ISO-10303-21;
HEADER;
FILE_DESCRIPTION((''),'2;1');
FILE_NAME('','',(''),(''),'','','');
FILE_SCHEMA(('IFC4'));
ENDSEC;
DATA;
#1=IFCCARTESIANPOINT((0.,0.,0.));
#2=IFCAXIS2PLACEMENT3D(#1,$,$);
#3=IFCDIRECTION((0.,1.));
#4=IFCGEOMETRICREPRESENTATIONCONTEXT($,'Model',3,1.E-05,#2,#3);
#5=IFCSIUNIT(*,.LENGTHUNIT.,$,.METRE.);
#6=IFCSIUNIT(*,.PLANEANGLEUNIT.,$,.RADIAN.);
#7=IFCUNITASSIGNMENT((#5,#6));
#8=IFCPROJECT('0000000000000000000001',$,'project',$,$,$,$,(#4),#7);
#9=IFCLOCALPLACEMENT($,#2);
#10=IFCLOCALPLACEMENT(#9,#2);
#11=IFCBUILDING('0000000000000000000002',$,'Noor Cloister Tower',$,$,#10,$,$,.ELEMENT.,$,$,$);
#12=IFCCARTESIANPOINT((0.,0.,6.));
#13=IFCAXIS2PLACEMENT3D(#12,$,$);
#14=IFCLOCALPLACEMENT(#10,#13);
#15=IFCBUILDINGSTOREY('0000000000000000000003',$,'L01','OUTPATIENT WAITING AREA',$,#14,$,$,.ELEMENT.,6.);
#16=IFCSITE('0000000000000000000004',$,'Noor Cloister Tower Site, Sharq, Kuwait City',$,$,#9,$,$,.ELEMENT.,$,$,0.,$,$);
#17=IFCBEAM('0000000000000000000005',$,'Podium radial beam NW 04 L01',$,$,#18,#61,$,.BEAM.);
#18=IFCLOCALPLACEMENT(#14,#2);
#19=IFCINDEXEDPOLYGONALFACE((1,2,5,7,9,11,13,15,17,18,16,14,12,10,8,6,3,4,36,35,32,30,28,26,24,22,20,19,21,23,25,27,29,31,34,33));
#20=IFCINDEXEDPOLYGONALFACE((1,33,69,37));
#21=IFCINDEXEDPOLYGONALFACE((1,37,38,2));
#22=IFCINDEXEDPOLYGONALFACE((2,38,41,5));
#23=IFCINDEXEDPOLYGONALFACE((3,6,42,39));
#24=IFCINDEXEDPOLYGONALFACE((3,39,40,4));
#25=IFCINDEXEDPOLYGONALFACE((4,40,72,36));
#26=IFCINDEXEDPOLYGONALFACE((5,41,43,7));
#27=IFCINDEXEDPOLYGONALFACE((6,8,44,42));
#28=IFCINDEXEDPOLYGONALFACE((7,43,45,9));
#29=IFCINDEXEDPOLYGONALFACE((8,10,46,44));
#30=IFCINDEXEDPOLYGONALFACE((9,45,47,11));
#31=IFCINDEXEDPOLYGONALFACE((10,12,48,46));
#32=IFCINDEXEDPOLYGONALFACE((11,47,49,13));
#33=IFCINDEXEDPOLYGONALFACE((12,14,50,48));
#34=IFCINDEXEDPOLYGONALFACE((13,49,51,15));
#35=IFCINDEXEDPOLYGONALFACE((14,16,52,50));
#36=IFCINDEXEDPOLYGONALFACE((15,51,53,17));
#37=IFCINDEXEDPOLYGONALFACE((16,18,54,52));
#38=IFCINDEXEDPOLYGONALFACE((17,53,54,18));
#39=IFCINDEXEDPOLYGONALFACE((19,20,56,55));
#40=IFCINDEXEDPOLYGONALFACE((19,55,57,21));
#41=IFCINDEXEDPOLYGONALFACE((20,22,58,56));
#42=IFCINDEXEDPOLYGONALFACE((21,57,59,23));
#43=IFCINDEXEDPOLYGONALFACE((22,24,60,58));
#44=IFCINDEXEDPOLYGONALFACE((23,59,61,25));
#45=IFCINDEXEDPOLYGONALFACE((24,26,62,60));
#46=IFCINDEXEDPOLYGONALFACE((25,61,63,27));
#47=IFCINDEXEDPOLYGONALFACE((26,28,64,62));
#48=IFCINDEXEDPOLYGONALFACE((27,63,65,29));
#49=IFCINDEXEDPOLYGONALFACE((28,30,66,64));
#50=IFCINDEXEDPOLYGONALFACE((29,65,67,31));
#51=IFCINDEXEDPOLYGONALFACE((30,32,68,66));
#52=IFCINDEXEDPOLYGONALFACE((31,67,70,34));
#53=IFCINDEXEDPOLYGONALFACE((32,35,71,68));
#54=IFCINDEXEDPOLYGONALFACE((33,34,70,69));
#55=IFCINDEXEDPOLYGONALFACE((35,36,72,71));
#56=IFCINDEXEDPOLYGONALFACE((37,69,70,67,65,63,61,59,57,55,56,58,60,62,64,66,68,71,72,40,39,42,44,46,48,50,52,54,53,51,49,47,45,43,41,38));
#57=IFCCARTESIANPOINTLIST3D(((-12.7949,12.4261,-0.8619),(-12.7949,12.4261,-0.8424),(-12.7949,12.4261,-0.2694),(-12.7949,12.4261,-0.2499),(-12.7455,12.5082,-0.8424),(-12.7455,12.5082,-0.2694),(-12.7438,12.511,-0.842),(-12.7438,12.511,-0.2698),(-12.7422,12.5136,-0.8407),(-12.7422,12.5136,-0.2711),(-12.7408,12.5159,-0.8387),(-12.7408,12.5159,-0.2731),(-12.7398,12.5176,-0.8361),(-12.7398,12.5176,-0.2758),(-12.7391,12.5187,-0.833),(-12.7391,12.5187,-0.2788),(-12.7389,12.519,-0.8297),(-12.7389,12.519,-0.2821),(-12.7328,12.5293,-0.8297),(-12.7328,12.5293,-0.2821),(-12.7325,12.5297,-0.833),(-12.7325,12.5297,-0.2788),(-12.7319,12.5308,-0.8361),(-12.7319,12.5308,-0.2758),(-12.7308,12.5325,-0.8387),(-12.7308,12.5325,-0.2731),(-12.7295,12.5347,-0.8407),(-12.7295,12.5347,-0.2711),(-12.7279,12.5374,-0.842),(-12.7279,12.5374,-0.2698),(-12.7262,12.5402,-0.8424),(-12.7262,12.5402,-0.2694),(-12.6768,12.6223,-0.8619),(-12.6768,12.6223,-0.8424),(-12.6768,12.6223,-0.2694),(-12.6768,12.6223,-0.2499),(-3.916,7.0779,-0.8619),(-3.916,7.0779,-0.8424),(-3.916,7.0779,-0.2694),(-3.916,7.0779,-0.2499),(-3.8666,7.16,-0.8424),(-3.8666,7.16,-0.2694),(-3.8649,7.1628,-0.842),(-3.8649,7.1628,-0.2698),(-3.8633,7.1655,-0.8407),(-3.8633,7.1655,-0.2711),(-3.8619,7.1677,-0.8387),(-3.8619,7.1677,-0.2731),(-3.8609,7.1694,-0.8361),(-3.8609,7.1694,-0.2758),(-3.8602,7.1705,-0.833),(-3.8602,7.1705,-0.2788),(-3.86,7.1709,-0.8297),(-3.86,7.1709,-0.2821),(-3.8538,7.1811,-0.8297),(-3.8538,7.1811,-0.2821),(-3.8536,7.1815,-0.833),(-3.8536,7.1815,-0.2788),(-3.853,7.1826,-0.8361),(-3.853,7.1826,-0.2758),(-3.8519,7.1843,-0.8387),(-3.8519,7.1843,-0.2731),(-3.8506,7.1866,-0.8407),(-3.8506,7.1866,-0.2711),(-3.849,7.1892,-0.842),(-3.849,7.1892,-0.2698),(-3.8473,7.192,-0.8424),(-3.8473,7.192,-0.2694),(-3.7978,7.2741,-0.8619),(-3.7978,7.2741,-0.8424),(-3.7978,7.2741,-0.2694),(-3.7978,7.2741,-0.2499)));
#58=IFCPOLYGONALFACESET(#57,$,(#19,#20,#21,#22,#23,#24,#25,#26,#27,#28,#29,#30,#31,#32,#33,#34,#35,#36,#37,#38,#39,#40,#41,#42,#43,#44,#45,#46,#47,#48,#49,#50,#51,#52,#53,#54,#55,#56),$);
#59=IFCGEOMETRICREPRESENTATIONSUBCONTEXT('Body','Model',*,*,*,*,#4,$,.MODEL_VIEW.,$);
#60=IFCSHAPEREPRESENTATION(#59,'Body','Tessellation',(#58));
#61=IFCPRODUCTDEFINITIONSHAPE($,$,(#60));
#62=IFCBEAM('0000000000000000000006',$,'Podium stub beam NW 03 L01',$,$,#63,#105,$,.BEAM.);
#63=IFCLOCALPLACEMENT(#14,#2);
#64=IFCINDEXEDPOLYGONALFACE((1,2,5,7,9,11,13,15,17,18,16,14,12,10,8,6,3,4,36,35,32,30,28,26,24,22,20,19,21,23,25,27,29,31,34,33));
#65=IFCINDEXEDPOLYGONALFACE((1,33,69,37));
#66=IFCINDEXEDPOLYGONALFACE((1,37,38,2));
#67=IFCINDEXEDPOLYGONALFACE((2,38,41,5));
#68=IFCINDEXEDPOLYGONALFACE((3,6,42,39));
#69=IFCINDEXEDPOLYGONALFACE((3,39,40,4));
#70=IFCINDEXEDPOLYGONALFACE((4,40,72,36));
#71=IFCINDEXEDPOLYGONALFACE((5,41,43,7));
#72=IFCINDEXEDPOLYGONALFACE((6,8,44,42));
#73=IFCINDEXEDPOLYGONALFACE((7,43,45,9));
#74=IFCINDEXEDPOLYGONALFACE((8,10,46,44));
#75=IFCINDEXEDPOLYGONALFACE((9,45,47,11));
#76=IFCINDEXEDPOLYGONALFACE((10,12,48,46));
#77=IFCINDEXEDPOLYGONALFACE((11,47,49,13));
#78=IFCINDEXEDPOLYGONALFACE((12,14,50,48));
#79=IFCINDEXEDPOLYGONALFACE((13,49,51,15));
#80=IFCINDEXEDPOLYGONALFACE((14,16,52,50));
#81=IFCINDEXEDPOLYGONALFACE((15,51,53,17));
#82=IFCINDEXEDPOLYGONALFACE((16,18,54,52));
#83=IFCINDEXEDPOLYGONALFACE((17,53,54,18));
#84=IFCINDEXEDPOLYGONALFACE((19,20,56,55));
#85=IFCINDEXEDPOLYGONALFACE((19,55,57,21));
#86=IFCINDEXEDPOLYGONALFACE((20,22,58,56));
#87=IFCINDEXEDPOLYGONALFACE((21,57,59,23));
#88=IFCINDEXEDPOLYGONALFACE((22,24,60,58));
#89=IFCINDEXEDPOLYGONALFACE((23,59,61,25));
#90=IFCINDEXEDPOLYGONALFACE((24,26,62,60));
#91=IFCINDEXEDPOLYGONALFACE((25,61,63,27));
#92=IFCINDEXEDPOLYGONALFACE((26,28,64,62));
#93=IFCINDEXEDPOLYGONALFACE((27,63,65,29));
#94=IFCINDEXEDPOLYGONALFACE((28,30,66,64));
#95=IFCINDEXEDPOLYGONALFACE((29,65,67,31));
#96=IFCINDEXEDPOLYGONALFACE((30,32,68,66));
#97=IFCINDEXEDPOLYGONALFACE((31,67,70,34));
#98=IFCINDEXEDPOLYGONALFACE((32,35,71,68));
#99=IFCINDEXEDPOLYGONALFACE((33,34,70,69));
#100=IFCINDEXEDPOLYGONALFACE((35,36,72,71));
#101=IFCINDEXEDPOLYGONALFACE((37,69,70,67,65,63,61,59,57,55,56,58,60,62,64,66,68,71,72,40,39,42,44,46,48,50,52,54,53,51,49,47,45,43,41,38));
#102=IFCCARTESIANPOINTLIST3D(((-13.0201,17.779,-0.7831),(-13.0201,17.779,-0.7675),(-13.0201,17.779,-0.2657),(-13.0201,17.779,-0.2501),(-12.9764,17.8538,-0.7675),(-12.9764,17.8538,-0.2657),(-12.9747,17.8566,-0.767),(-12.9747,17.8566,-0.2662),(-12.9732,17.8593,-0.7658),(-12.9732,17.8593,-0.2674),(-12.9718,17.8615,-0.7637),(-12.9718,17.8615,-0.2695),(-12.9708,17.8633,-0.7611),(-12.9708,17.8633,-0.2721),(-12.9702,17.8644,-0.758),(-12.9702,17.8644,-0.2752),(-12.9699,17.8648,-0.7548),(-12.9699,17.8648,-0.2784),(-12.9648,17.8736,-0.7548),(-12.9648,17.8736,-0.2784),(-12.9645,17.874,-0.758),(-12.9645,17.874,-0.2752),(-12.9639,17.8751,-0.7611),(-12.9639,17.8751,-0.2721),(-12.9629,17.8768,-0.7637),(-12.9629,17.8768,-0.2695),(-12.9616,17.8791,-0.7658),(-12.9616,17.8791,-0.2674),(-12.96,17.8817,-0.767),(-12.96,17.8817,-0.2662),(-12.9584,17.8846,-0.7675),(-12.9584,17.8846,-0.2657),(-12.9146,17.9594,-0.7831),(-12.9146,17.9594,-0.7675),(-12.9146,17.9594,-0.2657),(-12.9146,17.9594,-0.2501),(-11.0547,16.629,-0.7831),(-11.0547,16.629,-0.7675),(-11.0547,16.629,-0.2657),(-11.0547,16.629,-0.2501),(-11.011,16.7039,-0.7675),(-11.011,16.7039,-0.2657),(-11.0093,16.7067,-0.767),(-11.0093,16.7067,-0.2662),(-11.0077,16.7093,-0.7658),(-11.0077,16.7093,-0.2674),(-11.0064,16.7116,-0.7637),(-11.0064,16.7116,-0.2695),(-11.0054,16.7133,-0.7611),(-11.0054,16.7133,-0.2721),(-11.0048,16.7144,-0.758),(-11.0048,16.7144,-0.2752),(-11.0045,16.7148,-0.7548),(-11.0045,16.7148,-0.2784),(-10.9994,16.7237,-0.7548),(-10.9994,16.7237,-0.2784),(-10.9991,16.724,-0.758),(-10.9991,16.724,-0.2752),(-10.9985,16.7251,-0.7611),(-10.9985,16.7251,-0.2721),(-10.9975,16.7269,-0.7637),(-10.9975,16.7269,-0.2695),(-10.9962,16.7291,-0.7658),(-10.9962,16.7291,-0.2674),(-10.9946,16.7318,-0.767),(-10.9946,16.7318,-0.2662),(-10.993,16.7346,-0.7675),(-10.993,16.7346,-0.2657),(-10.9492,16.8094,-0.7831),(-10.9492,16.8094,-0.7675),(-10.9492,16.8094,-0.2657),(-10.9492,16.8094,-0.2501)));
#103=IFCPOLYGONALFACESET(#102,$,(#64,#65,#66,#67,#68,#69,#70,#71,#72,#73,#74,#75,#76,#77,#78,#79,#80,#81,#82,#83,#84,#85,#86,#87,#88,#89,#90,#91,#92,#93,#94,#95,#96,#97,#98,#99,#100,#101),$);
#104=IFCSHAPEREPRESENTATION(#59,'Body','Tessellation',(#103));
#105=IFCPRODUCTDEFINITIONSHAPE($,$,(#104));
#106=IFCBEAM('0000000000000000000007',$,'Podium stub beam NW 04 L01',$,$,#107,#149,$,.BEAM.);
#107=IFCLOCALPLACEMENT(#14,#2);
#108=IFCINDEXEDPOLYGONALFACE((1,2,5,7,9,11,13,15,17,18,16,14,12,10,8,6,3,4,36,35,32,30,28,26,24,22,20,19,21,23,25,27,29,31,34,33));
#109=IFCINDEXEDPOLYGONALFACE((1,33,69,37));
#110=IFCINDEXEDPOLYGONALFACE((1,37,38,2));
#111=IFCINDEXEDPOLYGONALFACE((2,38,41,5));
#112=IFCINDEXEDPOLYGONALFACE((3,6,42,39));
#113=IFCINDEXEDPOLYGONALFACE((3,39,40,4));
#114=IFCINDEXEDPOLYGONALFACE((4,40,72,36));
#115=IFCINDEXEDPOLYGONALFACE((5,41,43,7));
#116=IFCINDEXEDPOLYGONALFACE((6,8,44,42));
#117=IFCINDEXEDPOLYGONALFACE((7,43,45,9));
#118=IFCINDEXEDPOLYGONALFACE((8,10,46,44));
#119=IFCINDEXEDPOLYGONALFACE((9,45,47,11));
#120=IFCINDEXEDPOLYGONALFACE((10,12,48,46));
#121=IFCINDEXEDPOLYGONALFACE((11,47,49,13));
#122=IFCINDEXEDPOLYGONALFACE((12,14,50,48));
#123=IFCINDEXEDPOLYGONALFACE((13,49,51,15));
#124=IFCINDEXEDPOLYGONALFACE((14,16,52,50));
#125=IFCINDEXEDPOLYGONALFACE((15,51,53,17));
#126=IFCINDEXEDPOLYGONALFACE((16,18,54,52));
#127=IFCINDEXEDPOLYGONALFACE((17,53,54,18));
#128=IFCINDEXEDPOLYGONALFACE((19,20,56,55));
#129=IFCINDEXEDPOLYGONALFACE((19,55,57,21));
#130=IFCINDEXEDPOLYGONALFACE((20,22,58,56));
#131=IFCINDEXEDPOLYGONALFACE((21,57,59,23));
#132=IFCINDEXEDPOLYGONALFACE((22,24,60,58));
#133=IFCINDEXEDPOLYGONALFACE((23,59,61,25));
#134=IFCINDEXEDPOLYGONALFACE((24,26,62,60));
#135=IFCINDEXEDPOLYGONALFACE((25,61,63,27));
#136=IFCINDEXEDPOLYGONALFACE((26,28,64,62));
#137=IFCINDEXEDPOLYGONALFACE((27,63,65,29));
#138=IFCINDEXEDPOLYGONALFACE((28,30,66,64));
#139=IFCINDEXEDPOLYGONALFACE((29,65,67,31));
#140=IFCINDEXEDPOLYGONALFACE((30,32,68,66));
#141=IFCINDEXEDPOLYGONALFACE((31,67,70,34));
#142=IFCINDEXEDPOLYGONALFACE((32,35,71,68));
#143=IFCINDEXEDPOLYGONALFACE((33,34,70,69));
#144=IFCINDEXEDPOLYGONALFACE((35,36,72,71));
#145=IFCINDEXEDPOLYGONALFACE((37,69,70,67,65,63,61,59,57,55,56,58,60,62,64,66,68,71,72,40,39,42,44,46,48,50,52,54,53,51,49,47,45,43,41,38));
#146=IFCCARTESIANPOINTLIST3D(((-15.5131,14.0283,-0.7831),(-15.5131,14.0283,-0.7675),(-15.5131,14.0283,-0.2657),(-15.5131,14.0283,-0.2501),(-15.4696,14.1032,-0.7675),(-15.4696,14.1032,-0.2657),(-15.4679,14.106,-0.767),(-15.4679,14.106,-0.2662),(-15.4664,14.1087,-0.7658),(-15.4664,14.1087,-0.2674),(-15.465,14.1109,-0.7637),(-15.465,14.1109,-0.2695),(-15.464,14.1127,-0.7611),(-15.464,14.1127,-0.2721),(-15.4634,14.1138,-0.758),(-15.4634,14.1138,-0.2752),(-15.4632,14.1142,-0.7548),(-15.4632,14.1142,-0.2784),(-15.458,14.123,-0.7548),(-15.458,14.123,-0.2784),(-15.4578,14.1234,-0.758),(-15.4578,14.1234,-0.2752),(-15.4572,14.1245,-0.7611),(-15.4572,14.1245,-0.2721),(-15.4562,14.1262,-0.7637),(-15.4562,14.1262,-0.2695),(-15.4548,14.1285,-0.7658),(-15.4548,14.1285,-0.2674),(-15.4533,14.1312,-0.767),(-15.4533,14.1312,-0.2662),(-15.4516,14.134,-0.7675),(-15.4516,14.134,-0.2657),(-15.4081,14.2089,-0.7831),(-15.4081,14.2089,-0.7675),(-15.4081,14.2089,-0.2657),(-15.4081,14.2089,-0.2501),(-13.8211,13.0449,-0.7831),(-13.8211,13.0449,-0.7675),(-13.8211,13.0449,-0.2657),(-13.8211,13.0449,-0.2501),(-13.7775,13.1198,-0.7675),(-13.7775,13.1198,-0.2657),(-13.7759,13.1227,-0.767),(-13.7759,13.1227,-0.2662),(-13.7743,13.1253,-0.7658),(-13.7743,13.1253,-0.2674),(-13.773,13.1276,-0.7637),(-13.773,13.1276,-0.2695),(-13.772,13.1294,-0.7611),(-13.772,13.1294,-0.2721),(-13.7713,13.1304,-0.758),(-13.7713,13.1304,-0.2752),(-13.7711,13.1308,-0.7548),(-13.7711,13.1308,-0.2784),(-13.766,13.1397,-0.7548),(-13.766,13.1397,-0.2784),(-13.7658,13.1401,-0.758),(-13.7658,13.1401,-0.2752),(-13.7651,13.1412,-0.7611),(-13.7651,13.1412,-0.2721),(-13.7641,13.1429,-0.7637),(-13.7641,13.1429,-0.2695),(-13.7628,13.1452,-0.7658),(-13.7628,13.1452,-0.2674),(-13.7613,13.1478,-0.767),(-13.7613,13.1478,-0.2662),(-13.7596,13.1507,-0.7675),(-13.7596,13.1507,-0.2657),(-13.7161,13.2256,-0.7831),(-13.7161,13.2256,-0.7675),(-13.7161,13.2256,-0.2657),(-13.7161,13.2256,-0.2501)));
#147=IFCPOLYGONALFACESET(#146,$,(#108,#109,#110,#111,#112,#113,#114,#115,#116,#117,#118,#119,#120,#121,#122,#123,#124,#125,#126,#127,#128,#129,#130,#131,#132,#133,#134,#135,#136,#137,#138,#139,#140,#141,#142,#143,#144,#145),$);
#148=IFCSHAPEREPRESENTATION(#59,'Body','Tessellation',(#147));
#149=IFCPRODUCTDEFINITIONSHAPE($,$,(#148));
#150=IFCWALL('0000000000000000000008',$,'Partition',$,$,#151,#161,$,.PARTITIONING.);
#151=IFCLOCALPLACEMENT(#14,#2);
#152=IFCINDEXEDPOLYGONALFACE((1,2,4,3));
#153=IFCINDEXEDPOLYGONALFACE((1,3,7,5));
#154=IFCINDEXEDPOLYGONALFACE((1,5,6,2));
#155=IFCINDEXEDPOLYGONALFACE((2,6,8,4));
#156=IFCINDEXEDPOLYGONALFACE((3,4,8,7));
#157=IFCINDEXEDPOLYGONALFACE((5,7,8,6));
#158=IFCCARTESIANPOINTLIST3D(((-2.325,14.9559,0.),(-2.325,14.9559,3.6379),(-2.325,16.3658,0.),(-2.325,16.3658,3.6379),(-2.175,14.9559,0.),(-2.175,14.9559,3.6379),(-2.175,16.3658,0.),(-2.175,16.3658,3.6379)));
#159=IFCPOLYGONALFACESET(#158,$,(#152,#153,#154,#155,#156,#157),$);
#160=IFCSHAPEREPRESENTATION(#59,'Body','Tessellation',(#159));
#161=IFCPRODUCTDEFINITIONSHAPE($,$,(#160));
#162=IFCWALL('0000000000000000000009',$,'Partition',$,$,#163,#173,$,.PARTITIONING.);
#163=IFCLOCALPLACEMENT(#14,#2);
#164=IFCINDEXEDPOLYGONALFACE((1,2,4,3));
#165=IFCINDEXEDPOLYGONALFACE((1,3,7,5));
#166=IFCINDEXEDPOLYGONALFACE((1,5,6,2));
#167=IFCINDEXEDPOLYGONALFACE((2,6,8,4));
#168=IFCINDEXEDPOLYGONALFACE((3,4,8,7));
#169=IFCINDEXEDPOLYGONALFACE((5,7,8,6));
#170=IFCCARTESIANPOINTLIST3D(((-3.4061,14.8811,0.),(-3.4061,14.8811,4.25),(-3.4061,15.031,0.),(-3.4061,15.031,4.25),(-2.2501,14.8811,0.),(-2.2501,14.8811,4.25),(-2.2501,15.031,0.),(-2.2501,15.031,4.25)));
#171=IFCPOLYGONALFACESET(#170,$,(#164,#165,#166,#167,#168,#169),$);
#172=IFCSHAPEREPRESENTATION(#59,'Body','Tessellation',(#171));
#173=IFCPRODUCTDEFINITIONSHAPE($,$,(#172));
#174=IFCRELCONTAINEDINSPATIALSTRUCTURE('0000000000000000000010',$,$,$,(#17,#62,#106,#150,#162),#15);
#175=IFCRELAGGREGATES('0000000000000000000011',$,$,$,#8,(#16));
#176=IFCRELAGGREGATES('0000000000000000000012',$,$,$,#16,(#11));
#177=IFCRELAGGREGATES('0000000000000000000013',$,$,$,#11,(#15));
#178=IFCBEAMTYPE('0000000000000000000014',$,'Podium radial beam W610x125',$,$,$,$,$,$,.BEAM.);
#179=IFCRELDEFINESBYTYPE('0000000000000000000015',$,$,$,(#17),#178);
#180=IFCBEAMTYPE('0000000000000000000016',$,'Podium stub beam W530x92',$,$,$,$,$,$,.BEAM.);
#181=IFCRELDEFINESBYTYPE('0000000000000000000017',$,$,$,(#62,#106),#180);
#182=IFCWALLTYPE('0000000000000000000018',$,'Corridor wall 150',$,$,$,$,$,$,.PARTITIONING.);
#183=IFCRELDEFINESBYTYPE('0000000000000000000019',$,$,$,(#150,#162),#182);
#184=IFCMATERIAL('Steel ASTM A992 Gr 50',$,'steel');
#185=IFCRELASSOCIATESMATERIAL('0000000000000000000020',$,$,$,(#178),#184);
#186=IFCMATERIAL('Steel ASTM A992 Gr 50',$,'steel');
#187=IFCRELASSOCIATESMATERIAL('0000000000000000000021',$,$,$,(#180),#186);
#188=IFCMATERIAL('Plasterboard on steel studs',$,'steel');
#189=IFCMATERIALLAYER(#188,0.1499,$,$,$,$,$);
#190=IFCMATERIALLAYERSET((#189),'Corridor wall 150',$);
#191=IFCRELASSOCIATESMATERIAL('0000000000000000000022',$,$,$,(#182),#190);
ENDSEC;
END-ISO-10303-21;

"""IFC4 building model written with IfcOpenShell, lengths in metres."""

from ifc_helpers import new_model, si_unit, direction, frame, frame_2d, origin, origin_2d, place, context, subcontext, project, spatial, rectangle, i_section, extrude, material, layer, layer_set, material_profile, profile_set, type_object, element, save


model = new_model("IFC4")

# Units and contexts
model_context = context("Model", 3, precision=1e-05, world=origin(), true_north=direction((0.0, 1.0)))
body_context = subcontext(model_context, "Body", "Model", "MODEL_VIEW")
ifc_project = project(units=[si_unit("LENGTHUNIT", "METRE"), si_unit("PLANEANGLEUNIT", "RADIAN")], contexts=[model_context])

# Site, building, storey
site_placement = place(None, origin())
site = spatial("IfcSite", under=ifc_project, at=site_placement, Name="Noor Cloister Tower Site, Sharq, Kuwait City", CompositionType="ELEMENT", RefElevation=0.0)
building_placement = place(site_placement, origin())
building = spatial("IfcBuilding", under=site, at=building_placement, Name="Noor Cloister Tower", CompositionType="ELEMENT")
storey_placement = place(building_placement, frame((0.0, 0.0, 6.0)))
storey = spatial("IfcBuildingStorey", under=building, at=storey_placement, Name="L01", Description="OUTPATIENT WAITING AREA", CompositionType="ELEMENT", Elevation=6.0)

# Beams
ifc_material_1 = material(Name="Steel ASTM A992 Gr 50", Category="steel")
ifc_material_profile_1 = material_profile(ifc_material_1, i_section(OverallWidth=0.229, OverallDepth=0.6121, WebThickness=0.012, FlangeThickness=0.0195, FilletRadius=0.0127, at=origin_2d()), Name="W610x125")
ifc_profile_set_1 = profile_set([ifc_material_profile_1], Name="Steel ASTM A992 Gr 50")
beam_type_1 = type_object("IfcBeamType", Name="Podium radial beam W610x125", PredefinedType="BEAM", material=ifc_profile_set_1)
beam_1_placement = place(storey_placement, frame((-12.7358, 12.5242, -0.5559), z_axis=(0.856606, -0.515971, 0.0), x_axis=(0.515971, 0.856606, 0.0)))
element("IfcBeam", 1, at=beam_1_placement, inside=storey, type_object=beam_type_1, Name="Podium radial beam NW 04 L01", PredefinedType="BEAM", context=body_context, shape_type="SweptSolid", body=[
    extrude(i_section(OverallWidth=0.229, OverallDepth=0.6121, WebThickness=0.012, FlangeThickness=0.0195, FilletRadius=0.0127, at=origin_2d()), origin(), (0.0, 0.0, 1.0), 10.3652),
])
ifc_material_2 = material(Name="Steel ASTM A992 Gr 50", Category="steel")
ifc_material_profile_2 = material_profile(ifc_material_2, i_section(OverallWidth=0.209, OverallDepth=0.533, WebThickness=0.0103, FlangeThickness=0.0156, FilletRadius=0.0127, at=origin_2d()), Name="W530x92")
ifc_profile_set_2 = profile_set([ifc_material_profile_2], Name="Steel ASTM A992 Gr 50")
beam_type_2 = type_object("IfcBeamType", Name="Podium stub beam W530x92", PredefinedType="BEAM", material=ifc_profile_set_2)
beam_2_placement = place(storey_placement, frame((-11.002, 16.7192, -0.5166), z_axis=(-0.863117, 0.505004, 0.0), x_axis=(-0.505004, -0.863117, 0.0)))
element("IfcBeam", 2, at=beam_2_placement, inside=storey, type_object=beam_type_2, Name="Podium stub beam NW 03 L01", PredefinedType="BEAM", context=body_context, shape_type="SweptSolid", body=[
    extrude(i_section(OverallWidth=0.209, OverallDepth=0.533, WebThickness=0.0103, FlangeThickness=0.0156, FilletRadius=0.0127, at=origin_2d()), origin(), (0.0, 0.0, 1.0), 2.2771),
])
beam_3_placement = place(storey_placement, frame((-13.7686, 13.1353, -0.5166), z_axis=(-0.864597, 0.502467, 0.0), x_axis=(-0.502467, -0.864597, 0.0)))
element("IfcBeam", 3, at=beam_3_placement, inside=storey, type_object=beam_type_2, Name="Podium stub beam NW 04 L01", PredefinedType="BEAM", context=body_context, shape_type="SweptSolid", body=[
    extrude(i_section(OverallWidth=0.209, OverallDepth=0.533, WebThickness=0.0103, FlangeThickness=0.0156, FilletRadius=0.0127, at=origin_2d()), origin(), (0.0, 0.0, 1.0), 1.957),
])

# Walls
ifc_material_3 = material(Name="Plasterboard on steel studs", Category="steel")
ifc_layer_1 = layer(ifc_material_3, 0.1499)
ifc_layer_set_1 = layer_set([ifc_layer_1], Name="Corridor wall 150")
wall_type_1 = type_object("IfcWallType", Name="Corridor wall 150", PredefinedType="PARTITIONING", material=ifc_layer_set_1)
wall_1_placement = place(storey_placement, frame((-2.25, 16.366, 0.0), z_axis=(0.0, 0.0, 1.0), x_axis=(0.0, -1.0, 0.0)))
element("IfcWall", 4, at=wall_1_placement, inside=storey, type_object=wall_type_1, Name="Partition", PredefinedType="PARTITIONING", context=body_context, shape_type="SweptSolid", body=[
    extrude(rectangle(XDim=1.4099, YDim=0.1499, at=frame_2d((0.7051, 0.0))), origin(), (0.0, 0.0, 1.0), 3.6379),
])
wall_2_placement = place(storey_placement, frame((-2.25, 14.9561, 0.0), z_axis=(0.0, 0.0, 1.0), x_axis=(-1.0, 0.0, 0.0)))
element("IfcWall", 5, at=wall_2_placement, inside=storey, type_object=wall_type_1, Name="Partition", PredefinedType="PARTITIONING", context=body_context, shape_type="SweptSolid", body=[
    extrude(rectangle(XDim=1.156, YDim=0.1499, at=frame_2d((0.5781, 0.0))), origin(), (0.0, 0.0, 1.0), 4.25),
])

save(model, "model.ifc")
